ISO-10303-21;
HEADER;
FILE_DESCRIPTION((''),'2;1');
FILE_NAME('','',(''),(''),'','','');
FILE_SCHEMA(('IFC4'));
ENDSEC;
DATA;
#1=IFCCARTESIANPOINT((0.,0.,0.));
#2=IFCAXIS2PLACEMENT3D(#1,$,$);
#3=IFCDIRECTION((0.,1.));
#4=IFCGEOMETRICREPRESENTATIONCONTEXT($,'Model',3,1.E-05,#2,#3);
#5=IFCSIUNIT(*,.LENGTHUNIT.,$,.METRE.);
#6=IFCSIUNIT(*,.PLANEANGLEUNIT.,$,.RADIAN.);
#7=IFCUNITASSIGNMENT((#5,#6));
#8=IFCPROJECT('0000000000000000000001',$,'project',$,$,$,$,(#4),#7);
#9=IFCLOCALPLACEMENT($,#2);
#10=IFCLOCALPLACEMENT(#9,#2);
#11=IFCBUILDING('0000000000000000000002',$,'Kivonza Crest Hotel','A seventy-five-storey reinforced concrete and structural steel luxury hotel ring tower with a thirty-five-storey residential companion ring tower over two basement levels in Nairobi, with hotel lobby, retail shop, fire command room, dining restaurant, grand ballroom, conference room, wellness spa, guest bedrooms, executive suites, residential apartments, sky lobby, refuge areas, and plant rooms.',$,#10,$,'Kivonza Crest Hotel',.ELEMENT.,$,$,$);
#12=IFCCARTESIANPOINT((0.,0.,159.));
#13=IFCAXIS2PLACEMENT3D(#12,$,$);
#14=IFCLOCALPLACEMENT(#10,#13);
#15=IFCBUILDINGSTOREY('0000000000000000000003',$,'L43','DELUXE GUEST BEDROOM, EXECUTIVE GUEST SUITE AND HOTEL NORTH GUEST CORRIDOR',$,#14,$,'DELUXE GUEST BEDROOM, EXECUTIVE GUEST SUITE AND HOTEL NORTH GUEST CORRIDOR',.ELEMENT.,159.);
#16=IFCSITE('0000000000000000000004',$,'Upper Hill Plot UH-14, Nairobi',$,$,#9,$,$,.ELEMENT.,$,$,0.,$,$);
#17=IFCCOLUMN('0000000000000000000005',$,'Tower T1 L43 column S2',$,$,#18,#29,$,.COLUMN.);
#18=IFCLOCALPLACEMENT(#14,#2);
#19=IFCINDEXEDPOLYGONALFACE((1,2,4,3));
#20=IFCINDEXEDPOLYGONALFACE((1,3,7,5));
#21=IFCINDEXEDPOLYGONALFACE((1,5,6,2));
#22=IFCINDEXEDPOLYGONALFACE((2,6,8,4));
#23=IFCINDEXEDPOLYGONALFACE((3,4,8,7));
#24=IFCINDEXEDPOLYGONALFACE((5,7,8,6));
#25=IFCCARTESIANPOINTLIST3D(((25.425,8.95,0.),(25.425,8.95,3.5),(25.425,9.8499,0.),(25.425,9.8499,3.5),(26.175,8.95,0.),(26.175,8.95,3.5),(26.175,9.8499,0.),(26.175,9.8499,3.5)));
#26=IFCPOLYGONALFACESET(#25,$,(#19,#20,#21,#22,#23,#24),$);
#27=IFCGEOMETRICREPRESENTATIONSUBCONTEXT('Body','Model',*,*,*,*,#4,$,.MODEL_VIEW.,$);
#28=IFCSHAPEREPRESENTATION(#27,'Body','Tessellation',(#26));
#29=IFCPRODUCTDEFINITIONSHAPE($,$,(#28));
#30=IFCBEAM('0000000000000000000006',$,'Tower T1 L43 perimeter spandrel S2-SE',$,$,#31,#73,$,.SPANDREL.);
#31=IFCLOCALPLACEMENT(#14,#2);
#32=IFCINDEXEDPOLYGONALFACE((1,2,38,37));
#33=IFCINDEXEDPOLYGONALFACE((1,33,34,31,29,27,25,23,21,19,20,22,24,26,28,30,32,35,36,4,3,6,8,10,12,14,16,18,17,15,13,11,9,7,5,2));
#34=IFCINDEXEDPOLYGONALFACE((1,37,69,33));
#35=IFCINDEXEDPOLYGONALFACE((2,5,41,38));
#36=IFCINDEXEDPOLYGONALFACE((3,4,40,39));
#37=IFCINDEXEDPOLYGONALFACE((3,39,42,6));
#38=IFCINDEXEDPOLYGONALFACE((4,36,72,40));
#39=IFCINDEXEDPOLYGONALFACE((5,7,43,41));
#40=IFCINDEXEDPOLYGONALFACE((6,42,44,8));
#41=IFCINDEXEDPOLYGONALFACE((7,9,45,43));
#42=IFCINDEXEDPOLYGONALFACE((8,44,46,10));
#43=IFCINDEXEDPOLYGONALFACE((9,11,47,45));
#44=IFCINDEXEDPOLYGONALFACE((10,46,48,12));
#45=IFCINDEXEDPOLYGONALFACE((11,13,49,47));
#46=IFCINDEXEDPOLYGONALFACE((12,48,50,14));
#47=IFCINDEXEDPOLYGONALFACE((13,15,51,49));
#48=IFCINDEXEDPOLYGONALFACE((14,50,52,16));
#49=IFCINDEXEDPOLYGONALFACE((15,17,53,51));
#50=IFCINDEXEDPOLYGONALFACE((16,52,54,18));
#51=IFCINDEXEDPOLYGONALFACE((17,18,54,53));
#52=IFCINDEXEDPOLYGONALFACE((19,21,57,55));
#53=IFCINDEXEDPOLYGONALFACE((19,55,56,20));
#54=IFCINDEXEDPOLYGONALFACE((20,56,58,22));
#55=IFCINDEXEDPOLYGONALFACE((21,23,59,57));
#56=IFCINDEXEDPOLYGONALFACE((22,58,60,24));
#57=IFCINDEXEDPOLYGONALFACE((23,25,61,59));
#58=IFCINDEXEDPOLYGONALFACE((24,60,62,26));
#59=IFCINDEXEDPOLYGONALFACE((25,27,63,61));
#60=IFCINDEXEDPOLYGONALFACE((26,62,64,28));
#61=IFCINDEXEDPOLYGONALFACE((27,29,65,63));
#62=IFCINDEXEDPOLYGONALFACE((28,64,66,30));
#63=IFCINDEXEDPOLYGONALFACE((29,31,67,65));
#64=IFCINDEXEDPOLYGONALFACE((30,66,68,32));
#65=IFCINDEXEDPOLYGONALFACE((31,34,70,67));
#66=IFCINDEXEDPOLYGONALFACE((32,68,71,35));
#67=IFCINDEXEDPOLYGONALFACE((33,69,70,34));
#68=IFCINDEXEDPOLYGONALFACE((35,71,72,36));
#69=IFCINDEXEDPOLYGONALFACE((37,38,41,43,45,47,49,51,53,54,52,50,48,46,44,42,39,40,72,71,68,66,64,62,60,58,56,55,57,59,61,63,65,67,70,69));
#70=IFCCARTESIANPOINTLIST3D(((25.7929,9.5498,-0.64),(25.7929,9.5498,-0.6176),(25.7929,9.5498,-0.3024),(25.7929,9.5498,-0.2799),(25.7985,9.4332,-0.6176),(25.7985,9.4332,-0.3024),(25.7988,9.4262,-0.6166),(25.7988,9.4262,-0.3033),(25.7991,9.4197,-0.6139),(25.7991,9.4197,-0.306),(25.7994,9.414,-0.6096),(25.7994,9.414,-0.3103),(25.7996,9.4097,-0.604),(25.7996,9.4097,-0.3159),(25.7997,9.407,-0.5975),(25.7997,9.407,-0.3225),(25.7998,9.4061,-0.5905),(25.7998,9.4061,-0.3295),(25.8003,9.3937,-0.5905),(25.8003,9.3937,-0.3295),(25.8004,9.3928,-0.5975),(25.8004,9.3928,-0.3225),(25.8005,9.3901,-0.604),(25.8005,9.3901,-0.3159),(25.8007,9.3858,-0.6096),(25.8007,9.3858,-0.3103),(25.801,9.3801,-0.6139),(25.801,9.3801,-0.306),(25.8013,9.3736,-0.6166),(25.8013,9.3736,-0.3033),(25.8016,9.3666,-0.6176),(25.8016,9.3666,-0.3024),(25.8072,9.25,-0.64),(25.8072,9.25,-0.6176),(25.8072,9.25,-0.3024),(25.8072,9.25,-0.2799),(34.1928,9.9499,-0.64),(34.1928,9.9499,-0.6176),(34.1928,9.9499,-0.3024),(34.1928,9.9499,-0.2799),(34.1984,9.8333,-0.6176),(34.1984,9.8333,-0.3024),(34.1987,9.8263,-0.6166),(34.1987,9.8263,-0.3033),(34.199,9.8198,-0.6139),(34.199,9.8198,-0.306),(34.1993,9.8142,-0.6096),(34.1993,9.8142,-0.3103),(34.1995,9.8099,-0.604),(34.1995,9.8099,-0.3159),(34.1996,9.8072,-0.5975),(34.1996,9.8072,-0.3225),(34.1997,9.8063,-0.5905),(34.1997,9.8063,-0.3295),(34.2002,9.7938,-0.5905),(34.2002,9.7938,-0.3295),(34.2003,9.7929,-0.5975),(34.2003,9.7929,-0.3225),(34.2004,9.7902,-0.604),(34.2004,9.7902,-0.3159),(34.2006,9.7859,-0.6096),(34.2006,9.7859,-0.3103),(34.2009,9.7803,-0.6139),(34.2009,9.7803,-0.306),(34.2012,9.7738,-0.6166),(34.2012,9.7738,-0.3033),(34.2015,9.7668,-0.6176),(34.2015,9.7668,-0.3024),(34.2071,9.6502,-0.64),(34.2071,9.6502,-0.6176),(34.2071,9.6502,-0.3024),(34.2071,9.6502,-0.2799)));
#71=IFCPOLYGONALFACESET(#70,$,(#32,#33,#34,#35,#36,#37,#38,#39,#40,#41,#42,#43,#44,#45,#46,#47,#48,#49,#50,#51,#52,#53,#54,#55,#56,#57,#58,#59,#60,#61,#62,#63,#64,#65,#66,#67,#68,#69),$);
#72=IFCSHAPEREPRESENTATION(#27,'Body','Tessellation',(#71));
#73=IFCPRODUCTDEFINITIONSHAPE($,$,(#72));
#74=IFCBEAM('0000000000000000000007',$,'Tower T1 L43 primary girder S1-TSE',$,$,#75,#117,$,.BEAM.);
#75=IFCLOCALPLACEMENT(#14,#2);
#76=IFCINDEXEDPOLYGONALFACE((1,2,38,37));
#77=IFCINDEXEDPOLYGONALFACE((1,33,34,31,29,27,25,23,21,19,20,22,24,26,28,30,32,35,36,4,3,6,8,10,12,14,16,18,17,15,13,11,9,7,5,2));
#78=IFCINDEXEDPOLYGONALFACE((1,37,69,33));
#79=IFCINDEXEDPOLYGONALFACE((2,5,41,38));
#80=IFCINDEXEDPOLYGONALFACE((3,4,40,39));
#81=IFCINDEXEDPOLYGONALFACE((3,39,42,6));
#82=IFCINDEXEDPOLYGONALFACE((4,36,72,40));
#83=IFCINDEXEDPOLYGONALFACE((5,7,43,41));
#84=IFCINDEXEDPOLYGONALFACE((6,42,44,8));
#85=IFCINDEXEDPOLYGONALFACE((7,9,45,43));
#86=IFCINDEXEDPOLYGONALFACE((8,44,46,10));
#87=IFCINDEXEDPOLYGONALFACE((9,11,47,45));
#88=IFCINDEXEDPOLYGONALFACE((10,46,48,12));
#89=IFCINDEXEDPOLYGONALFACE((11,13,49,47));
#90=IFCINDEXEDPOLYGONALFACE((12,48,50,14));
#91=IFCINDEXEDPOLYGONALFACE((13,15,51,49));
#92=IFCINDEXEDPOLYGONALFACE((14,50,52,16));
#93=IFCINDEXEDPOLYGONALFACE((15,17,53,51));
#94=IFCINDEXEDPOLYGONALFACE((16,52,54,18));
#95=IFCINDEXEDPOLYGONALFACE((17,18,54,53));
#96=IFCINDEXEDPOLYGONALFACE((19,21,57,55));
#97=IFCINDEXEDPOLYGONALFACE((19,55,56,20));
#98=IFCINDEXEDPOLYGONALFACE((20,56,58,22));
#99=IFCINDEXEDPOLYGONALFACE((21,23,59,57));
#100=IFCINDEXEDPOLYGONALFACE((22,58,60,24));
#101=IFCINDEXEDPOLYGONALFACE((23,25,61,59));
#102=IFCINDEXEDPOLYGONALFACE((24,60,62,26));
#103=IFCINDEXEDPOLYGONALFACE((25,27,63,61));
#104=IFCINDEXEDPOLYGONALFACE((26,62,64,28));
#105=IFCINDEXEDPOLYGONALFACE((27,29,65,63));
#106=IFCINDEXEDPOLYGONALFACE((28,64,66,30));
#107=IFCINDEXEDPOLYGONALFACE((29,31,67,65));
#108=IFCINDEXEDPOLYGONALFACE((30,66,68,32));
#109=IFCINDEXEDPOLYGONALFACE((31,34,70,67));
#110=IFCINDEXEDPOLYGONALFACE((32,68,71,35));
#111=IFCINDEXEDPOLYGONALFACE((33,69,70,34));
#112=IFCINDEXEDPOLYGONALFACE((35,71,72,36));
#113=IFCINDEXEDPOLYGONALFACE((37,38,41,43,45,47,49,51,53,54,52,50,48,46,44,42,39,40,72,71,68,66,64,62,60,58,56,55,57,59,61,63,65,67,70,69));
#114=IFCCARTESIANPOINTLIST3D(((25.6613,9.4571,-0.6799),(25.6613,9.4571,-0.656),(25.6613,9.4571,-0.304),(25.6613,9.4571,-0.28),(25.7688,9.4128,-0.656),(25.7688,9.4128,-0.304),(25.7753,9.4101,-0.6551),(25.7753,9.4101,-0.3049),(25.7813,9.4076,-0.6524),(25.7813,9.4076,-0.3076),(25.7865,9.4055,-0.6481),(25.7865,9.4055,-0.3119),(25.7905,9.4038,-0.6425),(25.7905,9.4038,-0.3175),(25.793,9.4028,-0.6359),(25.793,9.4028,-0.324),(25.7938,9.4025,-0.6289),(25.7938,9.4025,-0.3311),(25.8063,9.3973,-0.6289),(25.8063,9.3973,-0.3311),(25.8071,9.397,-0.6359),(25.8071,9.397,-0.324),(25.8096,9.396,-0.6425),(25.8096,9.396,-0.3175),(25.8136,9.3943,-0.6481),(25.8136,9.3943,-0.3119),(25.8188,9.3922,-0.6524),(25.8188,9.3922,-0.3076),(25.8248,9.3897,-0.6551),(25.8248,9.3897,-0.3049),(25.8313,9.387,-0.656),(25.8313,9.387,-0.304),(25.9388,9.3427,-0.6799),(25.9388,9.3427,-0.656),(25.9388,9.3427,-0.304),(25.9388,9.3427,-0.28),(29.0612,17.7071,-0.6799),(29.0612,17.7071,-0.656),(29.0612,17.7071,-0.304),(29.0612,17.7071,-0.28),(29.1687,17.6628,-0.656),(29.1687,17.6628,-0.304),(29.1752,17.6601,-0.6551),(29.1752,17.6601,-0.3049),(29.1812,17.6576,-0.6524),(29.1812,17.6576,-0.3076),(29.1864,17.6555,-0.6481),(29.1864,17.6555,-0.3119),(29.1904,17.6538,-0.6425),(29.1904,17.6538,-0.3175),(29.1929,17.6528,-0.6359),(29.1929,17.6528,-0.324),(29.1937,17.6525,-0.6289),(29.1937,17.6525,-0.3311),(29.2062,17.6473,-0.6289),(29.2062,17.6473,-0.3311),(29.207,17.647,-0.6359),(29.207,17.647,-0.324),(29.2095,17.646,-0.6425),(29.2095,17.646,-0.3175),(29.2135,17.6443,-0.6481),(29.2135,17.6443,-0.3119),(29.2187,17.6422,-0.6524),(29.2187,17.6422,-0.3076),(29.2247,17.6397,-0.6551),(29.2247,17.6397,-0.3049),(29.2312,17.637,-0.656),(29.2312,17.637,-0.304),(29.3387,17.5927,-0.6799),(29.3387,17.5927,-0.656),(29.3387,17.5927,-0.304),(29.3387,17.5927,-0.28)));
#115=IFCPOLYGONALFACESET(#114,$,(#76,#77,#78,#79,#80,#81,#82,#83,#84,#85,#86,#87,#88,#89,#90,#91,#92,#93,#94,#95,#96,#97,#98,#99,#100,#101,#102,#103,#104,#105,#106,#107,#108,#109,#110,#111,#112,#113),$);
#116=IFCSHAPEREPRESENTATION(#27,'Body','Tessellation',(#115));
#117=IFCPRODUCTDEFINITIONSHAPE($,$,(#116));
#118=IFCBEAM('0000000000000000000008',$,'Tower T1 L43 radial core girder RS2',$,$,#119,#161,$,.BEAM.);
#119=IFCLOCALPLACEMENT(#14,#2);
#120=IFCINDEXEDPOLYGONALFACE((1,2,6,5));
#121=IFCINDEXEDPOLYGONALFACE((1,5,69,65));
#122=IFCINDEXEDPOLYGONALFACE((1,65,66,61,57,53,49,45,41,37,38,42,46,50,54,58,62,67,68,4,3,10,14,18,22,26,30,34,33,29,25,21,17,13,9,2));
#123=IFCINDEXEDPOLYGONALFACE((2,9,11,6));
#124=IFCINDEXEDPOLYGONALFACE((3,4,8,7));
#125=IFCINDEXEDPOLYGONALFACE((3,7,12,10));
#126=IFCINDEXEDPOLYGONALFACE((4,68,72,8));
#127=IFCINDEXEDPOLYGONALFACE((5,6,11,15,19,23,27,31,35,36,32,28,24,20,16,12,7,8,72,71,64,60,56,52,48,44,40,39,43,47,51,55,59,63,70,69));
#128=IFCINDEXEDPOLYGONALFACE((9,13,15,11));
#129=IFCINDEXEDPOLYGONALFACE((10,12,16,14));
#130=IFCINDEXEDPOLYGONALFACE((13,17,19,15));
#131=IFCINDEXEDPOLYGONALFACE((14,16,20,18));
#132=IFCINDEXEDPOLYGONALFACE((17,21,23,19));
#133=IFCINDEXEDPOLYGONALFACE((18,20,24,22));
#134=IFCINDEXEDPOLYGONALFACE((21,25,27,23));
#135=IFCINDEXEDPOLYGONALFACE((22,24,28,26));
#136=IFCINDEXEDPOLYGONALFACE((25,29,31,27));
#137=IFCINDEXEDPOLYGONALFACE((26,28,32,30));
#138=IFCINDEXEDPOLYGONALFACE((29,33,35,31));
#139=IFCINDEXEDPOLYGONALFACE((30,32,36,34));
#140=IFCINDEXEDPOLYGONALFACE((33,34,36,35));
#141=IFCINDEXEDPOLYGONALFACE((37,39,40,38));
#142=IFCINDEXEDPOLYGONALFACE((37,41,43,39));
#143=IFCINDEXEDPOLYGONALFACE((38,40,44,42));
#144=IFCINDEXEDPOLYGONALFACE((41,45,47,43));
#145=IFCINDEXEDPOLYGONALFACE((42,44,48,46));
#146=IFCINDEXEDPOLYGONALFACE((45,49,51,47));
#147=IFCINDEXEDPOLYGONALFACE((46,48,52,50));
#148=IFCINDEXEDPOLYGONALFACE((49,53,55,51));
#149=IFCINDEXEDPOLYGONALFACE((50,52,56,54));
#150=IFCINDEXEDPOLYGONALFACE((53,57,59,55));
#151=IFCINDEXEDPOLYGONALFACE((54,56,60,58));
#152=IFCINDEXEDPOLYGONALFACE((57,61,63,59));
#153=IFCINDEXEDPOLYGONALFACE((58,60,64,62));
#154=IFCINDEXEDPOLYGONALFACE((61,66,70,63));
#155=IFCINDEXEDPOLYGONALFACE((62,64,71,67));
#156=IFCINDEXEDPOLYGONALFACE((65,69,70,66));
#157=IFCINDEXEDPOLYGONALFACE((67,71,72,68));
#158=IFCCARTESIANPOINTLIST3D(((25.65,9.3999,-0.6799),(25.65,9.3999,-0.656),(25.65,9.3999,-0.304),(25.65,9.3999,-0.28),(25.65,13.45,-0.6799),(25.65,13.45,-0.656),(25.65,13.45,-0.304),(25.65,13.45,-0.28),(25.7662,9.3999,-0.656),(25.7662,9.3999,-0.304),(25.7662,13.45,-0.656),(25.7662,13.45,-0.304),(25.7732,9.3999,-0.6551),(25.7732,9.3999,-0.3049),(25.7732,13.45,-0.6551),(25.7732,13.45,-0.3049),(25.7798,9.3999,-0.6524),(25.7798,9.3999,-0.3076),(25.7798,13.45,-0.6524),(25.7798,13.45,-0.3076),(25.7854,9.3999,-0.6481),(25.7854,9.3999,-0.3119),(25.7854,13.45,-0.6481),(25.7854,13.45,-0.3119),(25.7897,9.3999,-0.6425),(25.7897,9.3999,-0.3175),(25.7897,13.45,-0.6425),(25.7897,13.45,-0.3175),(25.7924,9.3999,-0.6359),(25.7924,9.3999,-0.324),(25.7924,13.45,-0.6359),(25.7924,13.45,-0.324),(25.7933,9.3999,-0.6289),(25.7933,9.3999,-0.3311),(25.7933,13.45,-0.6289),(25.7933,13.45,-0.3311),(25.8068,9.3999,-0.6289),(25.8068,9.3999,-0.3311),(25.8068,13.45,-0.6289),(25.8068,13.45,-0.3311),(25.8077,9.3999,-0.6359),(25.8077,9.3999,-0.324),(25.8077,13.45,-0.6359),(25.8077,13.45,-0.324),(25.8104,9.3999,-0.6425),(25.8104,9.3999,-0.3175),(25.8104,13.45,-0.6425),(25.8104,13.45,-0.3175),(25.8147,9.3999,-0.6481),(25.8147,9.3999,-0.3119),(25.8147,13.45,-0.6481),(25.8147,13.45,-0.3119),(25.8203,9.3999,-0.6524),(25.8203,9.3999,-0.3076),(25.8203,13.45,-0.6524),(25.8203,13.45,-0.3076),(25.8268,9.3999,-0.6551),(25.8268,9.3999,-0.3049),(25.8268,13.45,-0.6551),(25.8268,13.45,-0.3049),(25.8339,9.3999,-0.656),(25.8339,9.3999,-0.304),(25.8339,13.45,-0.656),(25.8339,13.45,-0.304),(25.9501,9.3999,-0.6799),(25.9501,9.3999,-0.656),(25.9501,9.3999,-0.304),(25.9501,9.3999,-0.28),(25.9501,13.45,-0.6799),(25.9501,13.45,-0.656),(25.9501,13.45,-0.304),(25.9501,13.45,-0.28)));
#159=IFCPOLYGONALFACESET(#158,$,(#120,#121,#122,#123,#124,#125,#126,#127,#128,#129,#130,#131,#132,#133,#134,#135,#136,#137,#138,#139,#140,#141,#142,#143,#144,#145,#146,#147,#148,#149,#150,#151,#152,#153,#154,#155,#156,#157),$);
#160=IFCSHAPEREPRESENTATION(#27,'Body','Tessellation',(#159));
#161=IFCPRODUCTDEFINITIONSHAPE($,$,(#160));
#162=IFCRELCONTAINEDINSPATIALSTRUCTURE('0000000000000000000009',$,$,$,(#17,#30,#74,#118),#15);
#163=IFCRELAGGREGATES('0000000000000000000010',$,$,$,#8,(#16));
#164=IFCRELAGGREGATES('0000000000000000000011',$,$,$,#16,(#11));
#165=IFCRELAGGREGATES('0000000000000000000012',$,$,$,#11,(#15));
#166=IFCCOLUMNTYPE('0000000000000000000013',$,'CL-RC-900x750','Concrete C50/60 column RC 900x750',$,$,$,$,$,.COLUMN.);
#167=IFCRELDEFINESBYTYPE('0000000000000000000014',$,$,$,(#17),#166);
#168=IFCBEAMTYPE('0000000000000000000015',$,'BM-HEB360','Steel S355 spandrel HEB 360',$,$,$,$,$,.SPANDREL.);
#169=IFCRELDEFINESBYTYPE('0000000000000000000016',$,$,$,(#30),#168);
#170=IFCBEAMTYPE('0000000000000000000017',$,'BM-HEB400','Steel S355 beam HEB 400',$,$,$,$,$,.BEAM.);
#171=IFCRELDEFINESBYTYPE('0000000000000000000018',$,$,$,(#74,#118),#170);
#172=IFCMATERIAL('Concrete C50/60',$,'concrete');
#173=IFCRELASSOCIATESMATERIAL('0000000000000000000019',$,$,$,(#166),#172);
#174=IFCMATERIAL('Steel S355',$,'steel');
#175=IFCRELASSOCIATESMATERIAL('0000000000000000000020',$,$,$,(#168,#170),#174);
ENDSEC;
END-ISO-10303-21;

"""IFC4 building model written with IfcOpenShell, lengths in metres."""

from ifc_helpers import new_model, si_unit, direction, frame, origin, origin_2d, place, context, subcontext, project, spatial, rectangle, i_section, extrude, material, material_profile, profile_set, type_object, element, save


model = new_model("IFC4")

# Units and contexts
model_context = context("Model", 3, precision=1e-05, world=origin(), true_north=direction((0.0, 1.0)))
body_context = subcontext(model_context, "Body", "Model", "MODEL_VIEW")
ifc_project = project(units=[si_unit("LENGTHUNIT", "METRE"), si_unit("PLANEANGLEUNIT", "RADIAN")], contexts=[model_context])

# Site, building, storey
site_placement = place(None, origin())
site = spatial("IfcSite", under=ifc_project, at=site_placement, Name="Upper Hill Plot UH-14, Nairobi", CompositionType="ELEMENT", RefElevation=0.0)
building_placement = place(site_placement, origin())
building = spatial("IfcBuilding", under=site, at=building_placement, Name="Kivonza Crest Hotel", Description="A seventy-five-storey reinforced concrete and structural steel luxury hotel ring tower with a thirty-five-storey residential companion ring tower over two basement levels in Nairobi, with hotel lobby, retail shop, fire command room, dining restaurant, grand ballroom, conference room, wellness spa, guest bedrooms, executive suites, residential apartments, sky lobby, refuge areas, and plant rooms.", LongName="Kivonza Crest Hotel", CompositionType="ELEMENT")
storey_placement = place(building_placement, frame((0.0, 0.0, 159.0)))
storey = spatial("IfcBuildingStorey", under=building, at=storey_placement, Name="L43", Description="DELUXE GUEST BEDROOM, EXECUTIVE GUEST SUITE AND HOTEL NORTH GUEST CORRIDOR", LongName="DELUXE GUEST BEDROOM, EXECUTIVE GUEST SUITE AND HOTEL NORTH GUEST CORRIDOR", CompositionType="ELEMENT", Elevation=159.0)

# Column
ifc_material_1 = material(Name="Concrete C50/60", Category="concrete")
ifc_material_profile_1 = material_profile(ifc_material_1, rectangle(XDim=0.75, YDim=0.8999, at=origin_2d()), Name="RC 900x750")
ifc_profile_set_1 = profile_set([ifc_material_profile_1], Name="Concrete C50/60")
column_type = type_object("IfcColumnType", Name="CL-RC-900x750", Description="Concrete C50/60 column RC 900x750", PredefinedType="COLUMN", material=ifc_profile_set_1)
column_placement = place(storey_placement, frame((25.8, 9.3999, 0.0), z_axis=(0.0, 0.0, 1.0), x_axis=(1.0, 0.0, 0.0)))
element("IfcColumn", 1, at=column_placement, inside=storey, type_object=column_type, Name="Tower T1 L43 column S2", PredefinedType="COLUMN", context=body_context, shape_type="SweptSolid", body=[
    extrude(rectangle(XDim=0.75, YDim=0.8999, at=origin_2d()), origin(), (0.0, 0.0, 1.0), 3.5),
])

# Beams
ifc_material_2 = material(Name="Steel S355", Category="steel")
ifc_material_profile_2 = material_profile(ifc_material_2, i_section(OverallWidth=0.3, OverallDepth=0.3601, WebThickness=0.0125, FlangeThickness=0.0225, FilletRadius=0.0271, at=origin_2d()), Name="HEB 360")
ifc_profile_set_2 = profile_set([ifc_material_profile_2], Name="Steel S355")
beam_type_1 = type_object("IfcBeamType", Name="BM-HEB360", Description="Steel S355 spandrel HEB 360", PredefinedType="SPANDREL", material=ifc_profile_set_2)
beam_1_placement = place(storey_placement, frame((25.8, 9.3999, -0.46), z_axis=(0.998867, 0.047583, 0.0), x_axis=(-0.047583, 0.998867, 0.0)))
element("IfcBeam", 2, at=beam_1_placement, inside=storey, type_object=beam_type_1, Name="Tower T1 L43 perimeter spandrel S2-SE", PredefinedType="SPANDREL", context=body_context, shape_type="SweptSolid", body=[
    extrude(i_section(OverallWidth=0.3, OverallDepth=0.3601, WebThickness=0.0125, FlangeThickness=0.0225, FilletRadius=0.0271, at=origin_2d()), origin(), (0.0, 0.0, 1.0), 8.4094),
])
ifc_material_profile_3 = material_profile(ifc_material_2, i_section(OverallWidth=0.3, OverallDepth=0.3999, WebThickness=0.0134, FlangeThickness=0.0239, FilletRadius=0.0271, at=origin_2d()), Name="HEB 400")
ifc_profile_set_3 = profile_set([ifc_material_profile_3], Name="Steel S355")
beam_type_2 = type_object("IfcBeamType", Name="BM-HEB400", Description="Steel S355 beam HEB 400", PredefinedType="BEAM", material=ifc_profile_set_3)
beam_2_placement = place(storey_placement, frame((25.8, 9.3999, -0.48), z_axis=(0.381022, 0.924566, 0.0), x_axis=(-0.924566, 0.381022, 0.0)))
element("IfcBeam", 3, at=beam_2_placement, inside=storey, type_object=beam_type_2, Name="Tower T1 L43 primary girder S1-TSE", PredefinedType="BEAM", context=body_context, shape_type="SweptSolid", body=[
    extrude(i_section(OverallWidth=0.3, OverallDepth=0.3999, WebThickness=0.0134, FlangeThickness=0.0239, FilletRadius=0.0271, at=origin_2d()), origin(), (0.0, 0.0, 1.0), 8.9231),
])
beam_3_placement = place(storey_placement, frame((25.8, 9.3999, -0.48), z_axis=(0.0, 1.0, 0.0), x_axis=(-1.0, 0.0, 0.0)))
element("IfcBeam", 4, at=beam_3_placement, inside=storey, type_object=beam_type_2, Name="Tower T1 L43 radial core girder RS2", PredefinedType="BEAM", context=body_context, shape_type="SweptSolid", body=[
    extrude(i_section(OverallWidth=0.3, OverallDepth=0.3999, WebThickness=0.0134, FlangeThickness=0.0239, FilletRadius=0.0271, at=origin_2d()), origin(), (0.0, 0.0, 1.0), 4.05),
])

save(model, "model.ifc")
